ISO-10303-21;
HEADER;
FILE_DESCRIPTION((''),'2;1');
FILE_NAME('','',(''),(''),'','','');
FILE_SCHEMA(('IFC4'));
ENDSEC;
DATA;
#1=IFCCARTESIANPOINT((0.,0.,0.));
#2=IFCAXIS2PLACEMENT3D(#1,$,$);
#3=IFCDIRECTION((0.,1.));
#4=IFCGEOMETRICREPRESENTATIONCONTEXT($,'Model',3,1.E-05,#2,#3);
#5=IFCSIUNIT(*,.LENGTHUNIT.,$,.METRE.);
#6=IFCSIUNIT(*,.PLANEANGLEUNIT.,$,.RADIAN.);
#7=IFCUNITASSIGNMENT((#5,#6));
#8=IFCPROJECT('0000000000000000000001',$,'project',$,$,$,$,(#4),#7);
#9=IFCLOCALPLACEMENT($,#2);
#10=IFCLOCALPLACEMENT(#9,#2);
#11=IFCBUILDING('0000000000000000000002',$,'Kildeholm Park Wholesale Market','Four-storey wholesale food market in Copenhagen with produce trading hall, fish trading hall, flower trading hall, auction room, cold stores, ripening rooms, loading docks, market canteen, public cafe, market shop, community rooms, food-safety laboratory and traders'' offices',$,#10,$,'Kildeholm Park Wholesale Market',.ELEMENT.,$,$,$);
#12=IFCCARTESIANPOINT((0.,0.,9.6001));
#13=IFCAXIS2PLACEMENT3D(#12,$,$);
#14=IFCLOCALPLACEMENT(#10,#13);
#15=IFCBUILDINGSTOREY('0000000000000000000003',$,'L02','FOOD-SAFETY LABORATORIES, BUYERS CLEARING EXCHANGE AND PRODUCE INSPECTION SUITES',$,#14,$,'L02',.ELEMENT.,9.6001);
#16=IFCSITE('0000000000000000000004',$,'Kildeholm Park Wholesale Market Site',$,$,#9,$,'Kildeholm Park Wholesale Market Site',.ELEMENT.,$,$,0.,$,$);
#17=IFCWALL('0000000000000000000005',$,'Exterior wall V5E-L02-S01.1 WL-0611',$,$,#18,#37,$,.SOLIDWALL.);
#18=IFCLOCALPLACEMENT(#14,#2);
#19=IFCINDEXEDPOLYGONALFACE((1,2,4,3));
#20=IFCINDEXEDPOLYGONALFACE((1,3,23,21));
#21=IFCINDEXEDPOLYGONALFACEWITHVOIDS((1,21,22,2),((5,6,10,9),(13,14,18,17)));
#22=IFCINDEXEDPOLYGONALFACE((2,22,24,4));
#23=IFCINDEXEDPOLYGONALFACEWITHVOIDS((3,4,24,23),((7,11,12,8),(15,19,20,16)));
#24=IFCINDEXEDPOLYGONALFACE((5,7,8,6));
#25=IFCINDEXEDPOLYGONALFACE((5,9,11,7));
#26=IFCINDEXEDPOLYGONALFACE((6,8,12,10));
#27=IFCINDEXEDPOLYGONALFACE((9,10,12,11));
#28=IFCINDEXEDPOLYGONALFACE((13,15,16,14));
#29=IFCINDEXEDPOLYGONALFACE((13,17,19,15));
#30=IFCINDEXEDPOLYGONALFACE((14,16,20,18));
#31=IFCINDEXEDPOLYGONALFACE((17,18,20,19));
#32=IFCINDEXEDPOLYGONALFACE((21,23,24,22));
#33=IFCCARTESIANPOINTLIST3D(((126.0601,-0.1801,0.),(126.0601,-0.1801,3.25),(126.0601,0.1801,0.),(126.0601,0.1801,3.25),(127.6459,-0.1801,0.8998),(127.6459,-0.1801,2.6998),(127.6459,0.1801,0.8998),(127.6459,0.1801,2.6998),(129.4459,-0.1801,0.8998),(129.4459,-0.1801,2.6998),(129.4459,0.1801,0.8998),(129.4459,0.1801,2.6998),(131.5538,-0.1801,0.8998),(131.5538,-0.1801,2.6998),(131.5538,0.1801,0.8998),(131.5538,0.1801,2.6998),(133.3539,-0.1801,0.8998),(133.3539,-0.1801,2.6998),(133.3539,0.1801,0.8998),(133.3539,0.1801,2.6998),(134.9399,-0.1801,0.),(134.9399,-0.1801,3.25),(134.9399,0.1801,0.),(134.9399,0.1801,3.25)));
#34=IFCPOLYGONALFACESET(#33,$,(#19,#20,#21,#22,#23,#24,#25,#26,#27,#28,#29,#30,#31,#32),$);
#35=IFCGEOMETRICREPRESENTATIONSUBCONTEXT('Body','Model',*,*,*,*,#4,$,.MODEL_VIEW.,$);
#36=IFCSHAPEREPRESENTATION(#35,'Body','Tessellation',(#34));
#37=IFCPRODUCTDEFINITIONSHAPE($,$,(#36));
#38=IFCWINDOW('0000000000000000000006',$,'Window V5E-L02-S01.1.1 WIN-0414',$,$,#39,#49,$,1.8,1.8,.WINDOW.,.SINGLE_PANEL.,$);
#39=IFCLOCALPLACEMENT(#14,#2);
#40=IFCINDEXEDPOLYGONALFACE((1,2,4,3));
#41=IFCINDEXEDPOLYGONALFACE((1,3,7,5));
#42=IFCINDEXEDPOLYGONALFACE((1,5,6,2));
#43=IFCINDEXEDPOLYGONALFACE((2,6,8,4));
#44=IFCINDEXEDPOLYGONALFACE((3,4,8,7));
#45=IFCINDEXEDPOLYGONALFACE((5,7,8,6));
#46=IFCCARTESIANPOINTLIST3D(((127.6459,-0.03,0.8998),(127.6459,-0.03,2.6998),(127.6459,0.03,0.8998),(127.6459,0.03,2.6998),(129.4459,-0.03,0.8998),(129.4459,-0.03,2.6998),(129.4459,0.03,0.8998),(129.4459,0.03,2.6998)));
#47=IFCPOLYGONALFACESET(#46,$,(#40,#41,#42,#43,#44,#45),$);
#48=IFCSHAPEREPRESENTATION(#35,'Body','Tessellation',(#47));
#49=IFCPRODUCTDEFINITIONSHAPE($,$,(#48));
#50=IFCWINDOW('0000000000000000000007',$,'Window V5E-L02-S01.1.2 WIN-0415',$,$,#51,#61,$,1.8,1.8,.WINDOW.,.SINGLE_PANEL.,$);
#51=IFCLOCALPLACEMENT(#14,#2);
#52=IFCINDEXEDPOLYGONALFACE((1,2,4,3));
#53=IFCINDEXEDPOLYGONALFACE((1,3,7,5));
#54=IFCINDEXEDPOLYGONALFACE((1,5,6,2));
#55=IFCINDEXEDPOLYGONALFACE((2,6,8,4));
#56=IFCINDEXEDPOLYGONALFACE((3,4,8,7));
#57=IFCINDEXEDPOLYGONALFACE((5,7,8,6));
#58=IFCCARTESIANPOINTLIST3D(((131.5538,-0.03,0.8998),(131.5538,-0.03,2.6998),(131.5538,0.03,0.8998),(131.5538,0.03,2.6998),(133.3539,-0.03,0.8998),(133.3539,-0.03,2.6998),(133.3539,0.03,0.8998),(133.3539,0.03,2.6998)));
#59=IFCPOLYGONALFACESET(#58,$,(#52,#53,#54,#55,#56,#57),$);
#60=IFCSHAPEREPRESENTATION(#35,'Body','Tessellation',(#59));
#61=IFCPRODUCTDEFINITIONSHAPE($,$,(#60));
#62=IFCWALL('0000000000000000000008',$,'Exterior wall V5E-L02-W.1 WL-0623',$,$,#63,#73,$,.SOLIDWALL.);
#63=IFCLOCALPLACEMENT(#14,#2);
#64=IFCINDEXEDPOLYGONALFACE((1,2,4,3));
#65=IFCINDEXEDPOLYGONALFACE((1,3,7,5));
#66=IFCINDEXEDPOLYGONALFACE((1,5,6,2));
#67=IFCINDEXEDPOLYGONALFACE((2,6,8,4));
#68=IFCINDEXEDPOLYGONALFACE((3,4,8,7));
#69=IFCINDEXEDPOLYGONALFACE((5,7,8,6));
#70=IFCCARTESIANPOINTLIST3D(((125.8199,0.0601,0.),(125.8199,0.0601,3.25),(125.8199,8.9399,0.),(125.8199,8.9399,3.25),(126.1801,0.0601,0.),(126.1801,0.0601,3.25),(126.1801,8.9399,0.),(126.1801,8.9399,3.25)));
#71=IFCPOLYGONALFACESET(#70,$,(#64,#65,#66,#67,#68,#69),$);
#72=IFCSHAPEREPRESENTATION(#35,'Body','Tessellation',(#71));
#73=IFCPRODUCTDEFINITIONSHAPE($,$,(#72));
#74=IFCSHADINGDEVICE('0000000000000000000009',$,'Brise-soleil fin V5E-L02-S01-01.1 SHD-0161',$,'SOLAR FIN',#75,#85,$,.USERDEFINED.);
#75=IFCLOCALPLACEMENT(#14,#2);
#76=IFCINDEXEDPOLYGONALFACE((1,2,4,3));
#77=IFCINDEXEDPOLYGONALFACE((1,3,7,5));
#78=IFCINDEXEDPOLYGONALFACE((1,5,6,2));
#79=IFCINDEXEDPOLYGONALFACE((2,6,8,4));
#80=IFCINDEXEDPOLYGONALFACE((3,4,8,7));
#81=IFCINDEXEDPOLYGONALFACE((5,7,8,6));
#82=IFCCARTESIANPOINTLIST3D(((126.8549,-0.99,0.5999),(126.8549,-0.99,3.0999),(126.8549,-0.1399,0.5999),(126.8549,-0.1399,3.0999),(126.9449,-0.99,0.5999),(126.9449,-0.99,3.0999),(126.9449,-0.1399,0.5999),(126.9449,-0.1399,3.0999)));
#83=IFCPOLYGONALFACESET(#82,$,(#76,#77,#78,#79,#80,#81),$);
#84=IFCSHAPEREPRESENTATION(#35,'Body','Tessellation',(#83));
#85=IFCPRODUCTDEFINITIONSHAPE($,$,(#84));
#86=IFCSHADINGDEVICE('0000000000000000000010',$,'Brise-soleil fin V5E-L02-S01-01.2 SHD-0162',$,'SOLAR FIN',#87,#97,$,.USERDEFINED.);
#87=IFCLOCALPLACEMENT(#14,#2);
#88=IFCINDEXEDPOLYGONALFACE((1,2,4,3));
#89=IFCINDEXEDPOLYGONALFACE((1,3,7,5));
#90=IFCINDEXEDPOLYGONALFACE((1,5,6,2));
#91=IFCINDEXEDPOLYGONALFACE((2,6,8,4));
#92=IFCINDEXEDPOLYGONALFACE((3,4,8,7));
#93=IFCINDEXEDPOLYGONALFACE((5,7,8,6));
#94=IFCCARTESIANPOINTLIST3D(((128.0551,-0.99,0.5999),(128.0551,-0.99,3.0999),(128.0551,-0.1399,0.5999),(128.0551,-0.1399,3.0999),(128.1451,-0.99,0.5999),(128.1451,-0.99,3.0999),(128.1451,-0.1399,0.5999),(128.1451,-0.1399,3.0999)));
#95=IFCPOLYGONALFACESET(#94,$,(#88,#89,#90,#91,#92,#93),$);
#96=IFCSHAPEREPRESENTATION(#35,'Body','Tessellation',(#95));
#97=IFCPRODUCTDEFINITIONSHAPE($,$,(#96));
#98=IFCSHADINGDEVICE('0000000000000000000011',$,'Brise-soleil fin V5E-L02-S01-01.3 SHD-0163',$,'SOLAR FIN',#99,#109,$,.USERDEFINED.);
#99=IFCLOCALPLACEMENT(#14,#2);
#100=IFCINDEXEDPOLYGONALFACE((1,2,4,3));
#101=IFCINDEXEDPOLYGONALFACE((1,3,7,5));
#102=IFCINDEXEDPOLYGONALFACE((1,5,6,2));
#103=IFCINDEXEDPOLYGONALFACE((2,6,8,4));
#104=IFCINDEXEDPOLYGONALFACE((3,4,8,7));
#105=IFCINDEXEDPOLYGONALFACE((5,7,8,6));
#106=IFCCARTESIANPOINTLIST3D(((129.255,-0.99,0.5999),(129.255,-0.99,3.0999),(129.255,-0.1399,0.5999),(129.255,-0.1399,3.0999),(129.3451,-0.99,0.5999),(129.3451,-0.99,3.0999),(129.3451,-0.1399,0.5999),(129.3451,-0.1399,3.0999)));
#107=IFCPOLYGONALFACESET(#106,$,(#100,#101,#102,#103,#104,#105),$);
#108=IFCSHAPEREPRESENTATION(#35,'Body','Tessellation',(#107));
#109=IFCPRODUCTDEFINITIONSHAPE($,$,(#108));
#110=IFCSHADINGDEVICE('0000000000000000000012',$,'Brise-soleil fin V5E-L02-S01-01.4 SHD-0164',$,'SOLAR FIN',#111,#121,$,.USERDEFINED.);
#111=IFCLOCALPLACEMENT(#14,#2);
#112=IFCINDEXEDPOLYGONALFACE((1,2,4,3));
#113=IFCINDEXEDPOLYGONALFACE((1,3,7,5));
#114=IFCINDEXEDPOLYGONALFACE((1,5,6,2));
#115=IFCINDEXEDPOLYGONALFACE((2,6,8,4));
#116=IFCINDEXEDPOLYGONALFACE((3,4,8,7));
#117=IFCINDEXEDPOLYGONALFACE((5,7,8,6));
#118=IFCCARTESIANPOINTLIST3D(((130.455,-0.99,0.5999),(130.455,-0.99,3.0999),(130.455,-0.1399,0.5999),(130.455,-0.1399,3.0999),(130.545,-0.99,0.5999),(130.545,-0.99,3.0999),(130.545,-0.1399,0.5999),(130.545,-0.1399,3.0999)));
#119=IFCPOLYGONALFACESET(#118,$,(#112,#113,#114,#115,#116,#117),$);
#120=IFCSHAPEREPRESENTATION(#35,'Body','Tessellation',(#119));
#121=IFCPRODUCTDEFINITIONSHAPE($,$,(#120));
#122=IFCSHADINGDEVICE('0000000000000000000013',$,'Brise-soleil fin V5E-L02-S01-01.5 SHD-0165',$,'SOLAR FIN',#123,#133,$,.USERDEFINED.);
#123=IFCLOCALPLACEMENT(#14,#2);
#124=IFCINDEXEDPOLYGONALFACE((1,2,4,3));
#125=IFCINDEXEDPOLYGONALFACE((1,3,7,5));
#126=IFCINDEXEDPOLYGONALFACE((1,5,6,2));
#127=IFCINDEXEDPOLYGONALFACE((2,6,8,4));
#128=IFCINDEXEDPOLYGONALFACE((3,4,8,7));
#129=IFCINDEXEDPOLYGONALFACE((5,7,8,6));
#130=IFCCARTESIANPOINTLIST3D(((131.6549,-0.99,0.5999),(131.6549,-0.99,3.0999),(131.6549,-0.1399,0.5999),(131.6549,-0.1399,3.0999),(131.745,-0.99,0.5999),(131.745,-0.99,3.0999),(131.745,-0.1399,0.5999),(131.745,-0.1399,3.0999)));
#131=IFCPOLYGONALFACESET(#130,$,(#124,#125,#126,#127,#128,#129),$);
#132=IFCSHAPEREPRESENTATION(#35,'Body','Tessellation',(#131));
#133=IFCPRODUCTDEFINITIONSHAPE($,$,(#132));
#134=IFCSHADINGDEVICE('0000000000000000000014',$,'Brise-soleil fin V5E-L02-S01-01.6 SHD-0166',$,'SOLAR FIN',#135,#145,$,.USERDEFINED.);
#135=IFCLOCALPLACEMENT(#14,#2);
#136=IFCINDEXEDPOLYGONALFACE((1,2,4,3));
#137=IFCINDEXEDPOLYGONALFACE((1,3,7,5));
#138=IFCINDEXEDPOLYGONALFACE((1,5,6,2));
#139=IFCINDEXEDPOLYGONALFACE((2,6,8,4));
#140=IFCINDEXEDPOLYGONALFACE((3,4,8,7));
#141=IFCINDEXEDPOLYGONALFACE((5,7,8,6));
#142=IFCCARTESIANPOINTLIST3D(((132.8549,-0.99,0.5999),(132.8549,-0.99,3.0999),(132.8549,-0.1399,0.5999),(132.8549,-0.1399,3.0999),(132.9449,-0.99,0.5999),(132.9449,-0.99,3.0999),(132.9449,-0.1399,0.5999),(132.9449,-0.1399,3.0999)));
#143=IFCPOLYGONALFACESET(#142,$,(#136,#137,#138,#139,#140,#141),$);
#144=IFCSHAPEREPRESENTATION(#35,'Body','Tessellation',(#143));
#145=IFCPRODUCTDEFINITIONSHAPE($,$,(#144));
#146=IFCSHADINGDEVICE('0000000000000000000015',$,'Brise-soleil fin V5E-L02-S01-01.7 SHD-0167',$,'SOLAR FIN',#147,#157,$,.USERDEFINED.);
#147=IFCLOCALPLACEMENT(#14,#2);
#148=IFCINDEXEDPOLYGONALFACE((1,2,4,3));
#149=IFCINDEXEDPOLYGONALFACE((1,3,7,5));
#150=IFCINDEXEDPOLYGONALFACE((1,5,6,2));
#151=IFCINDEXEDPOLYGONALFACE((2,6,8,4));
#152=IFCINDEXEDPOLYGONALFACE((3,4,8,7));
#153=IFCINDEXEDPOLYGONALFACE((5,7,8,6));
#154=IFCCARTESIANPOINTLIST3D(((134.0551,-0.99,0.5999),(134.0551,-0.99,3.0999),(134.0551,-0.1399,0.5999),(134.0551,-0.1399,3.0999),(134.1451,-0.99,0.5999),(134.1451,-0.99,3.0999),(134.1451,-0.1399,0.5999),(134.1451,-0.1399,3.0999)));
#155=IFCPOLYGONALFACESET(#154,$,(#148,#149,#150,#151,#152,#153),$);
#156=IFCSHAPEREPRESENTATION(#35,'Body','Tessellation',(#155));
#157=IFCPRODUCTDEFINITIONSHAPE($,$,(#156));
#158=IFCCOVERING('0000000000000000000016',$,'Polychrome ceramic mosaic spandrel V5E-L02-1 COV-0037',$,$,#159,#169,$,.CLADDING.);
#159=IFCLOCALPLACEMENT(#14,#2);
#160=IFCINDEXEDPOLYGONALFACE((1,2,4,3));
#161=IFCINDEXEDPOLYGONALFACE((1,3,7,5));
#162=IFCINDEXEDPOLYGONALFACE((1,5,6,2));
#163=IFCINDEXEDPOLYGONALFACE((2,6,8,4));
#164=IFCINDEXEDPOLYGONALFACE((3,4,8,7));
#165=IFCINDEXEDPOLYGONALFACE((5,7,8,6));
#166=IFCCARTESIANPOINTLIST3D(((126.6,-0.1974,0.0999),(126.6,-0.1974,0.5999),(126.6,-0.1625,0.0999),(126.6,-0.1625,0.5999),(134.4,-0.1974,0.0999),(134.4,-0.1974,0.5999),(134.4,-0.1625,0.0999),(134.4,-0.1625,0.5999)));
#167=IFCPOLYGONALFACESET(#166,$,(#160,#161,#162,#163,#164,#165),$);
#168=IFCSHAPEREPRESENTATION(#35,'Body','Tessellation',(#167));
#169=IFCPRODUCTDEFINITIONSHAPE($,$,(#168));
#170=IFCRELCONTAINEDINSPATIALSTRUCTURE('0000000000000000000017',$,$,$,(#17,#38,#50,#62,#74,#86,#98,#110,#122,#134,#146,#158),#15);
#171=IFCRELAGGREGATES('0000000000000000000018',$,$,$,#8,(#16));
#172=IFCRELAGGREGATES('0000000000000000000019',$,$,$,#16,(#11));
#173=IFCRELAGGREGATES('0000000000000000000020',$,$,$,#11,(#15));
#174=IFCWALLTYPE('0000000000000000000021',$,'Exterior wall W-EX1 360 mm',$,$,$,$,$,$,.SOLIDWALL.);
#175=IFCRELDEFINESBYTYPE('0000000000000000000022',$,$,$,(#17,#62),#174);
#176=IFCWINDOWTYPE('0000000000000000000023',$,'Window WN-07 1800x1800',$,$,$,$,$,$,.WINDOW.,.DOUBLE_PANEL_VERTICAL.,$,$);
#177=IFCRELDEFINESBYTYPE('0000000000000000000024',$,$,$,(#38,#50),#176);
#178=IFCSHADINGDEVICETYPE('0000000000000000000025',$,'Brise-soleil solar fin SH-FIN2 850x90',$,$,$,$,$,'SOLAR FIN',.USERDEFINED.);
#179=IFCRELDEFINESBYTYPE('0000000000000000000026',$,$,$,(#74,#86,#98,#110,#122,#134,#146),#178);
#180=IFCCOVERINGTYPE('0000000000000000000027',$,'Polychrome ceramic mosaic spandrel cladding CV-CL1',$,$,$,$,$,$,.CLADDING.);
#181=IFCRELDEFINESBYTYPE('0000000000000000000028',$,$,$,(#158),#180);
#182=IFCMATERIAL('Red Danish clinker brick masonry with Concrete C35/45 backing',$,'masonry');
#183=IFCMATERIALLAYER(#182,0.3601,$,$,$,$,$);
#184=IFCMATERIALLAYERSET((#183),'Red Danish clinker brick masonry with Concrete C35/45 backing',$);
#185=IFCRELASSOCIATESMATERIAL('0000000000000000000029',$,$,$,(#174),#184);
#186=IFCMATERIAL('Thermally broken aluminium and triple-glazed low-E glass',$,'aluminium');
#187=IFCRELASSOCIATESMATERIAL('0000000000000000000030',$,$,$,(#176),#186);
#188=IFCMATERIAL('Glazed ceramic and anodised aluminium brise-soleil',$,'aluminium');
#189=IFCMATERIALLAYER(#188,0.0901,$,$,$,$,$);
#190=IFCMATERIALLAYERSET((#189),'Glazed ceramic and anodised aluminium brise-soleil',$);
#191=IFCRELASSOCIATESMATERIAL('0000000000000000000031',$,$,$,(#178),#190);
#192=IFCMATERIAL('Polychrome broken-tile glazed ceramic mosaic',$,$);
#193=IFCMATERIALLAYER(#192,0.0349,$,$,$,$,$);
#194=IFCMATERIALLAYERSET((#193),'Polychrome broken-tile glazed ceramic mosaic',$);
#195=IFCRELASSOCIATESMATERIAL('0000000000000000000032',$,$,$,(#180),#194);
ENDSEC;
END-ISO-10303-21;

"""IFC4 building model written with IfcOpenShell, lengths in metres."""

from ifc_helpers import new_model, si_unit, direction, frame, frame_2d, origin, origin_2d, place, context, subcontext, project, spatial, rectangle, extrude, material, layer, layer_set, type_object, element, fill, save


model = new_model("IFC4")

# Units and contexts
model_context = context("Model", 3, precision=1e-05, world=origin(), true_north=direction((0.0, 1.0)))
body_context = subcontext(model_context, "Body", "Model", "MODEL_VIEW")
ifc_project = project(units=[si_unit("LENGTHUNIT", "METRE"), si_unit("PLANEANGLEUNIT", "RADIAN")], contexts=[model_context])

# Site, building, storey
site_placement = place(None, origin())
site = spatial("IfcSite", under=ifc_project, at=site_placement, Name="Kildeholm Park Wholesale Market Site", LongName="Kildeholm Park Wholesale Market Site", CompositionType="ELEMENT", RefElevation=0.0)
building_placement = place(site_placement, origin())
building = spatial("IfcBuilding", under=site, at=building_placement, Name="Kildeholm Park Wholesale Market", Description="Four-storey wholesale food market in Copenhagen with produce trading hall, fish trading hall, flower trading hall, auction room, cold stores, ripening rooms, loading docks, market canteen, public cafe, market shop, community rooms, food-safety laboratory and traders' offices", LongName="Kildeholm Park Wholesale Market", CompositionType="ELEMENT")
storey_placement = place(building_placement, frame((0.0, 0.0, 9.6001)))
storey = spatial("IfcBuildingStorey", under=building, at=storey_placement, Name="L02", Description="FOOD-SAFETY LABORATORIES, BUYERS CLEARING EXCHANGE AND PRODUCE INSPECTION SUITES", LongName="L02", CompositionType="ELEMENT", Elevation=9.6001)

# Wall, openings, windows
ifc_material_1 = material(Name="Red Danish clinker brick masonry with Concrete C35/45 backing", Category="masonry")
ifc_layer_1 = layer(ifc_material_1, 0.3601)
ifc_layer_set_1 = layer_set([ifc_layer_1], Name="Red Danish clinker brick masonry with Concrete C35/45 backing")
wall_type = type_object("IfcWallType", Name="Exterior wall W-EX1 360 mm", PredefinedType="SOLIDWALL", material=ifc_layer_set_1)
wall_1_placement = place(storey_placement, frame((126.0601, 0.0, 0.0), z_axis=(0.0, 0.0, 1.0), x_axis=(1.0, 0.0, 0.0)))
wall_1 = element("IfcWall", 1, at=wall_1_placement, inside=storey, type_object=wall_type, Name="Exterior wall V5E-L02-S01.1 WL-0611", PredefinedType="SOLIDWALL", context=body_context, shape_type="SweptSolid", body=[
    extrude(rectangle(XDim=8.8799, YDim=0.3601, at=frame_2d((4.4399, 0.0))), origin(), (0.0, 0.0, 1.0), 3.25),
])
opening_1_placement = place(wall_1_placement, frame((1.5859, 0.0, 0.8999)))
opening_1 = element("IfcOpeningElement", 2, at=opening_1_placement, cuts=wall_1, PredefinedType="OPENING", context=body_context, shape_type="SweptSolid", body=[
    extrude(rectangle(XDim=1.8, YDim=1.8, at=frame_2d((0.8999, 0.8999))), frame((0.0, 0.1899, 0.0), z_axis=(0.0, -1.0, 0.0), x_axis=(1.0, 0.0, 0.0)), (0.0, 0.0, 1.0), 0.3801),
])
opening_2_placement = place(wall_1_placement, frame((5.4939, 0.0, 0.8999)))
opening_2 = element("IfcOpeningElement", 3, at=opening_2_placement, cuts=wall_1, PredefinedType="OPENING", context=body_context, shape_type="SweptSolid", body=[
    extrude(rectangle(XDim=1.8, YDim=1.8, at=frame_2d((0.8999, 0.8999))), frame((0.0, 0.1899, 0.0), z_axis=(0.0, -1.0, 0.0), x_axis=(1.0, 0.0, 0.0)), (0.0, 0.0, 1.0), 0.3801),
])
ifc_material_2 = material(Name="Thermally broken aluminium and triple-glazed low-E glass", Category="aluminium")
window_type = type_object("IfcWindowType", Name="Window WN-07 1800x1800", PartitioningType="DOUBLE_PANEL_VERTICAL", PredefinedType="WINDOW", material=ifc_material_2)
window_1_placement = place(opening_1_placement, origin())
window_1 = element("IfcWindow", 4, at=window_1_placement, inside=storey, type_object=window_type, Name="Window V5E-L02-S01.1.1 WIN-0414", OverallHeight=1.8, OverallWidth=1.8, PartitioningType="SINGLE_PANEL", PredefinedType="WINDOW", context=body_context, shape_type="SweptSolid", body=[
    extrude(rectangle(XDim=1.8, YDim=1.8, at=frame_2d((0.8999, 0.8999))), frame((0.0, 0.03, 0.0), z_axis=(0.0, -1.0, 0.0), x_axis=(1.0, 0.0, 0.0)), (0.0, 0.0, 1.0), 0.0601),
])
fill(opening_1, window_1)
window_2_placement = place(opening_2_placement, origin())
window_2 = element("IfcWindow", 5, at=window_2_placement, inside=storey, type_object=window_type, Name="Window V5E-L02-S01.1.2 WIN-0415", OverallHeight=1.8, OverallWidth=1.8, PartitioningType="SINGLE_PANEL", PredefinedType="WINDOW", context=body_context, shape_type="SweptSolid", body=[
    extrude(rectangle(XDim=1.8, YDim=1.8, at=frame_2d((0.8999, 0.8999))), frame((0.0, 0.03, 0.0), z_axis=(0.0, -1.0, 0.0), x_axis=(1.0, 0.0, 0.0)), (0.0, 0.0, 1.0), 0.0601),
])
fill(opening_2, window_2)

# Wall
wall_2_placement = place(storey_placement, frame((126.0, 0.0601, 0.0), z_axis=(0.0, 0.0, 1.0), x_axis=(0.0, 1.0, 0.0)))
element("IfcWall", 6, at=wall_2_placement, inside=storey, type_object=wall_type, Name="Exterior wall V5E-L02-W.1 WL-0623", PredefinedType="SOLIDWALL", context=body_context, shape_type="SweptSolid", body=[
    extrude(rectangle(XDim=8.8799, YDim=0.3601, at=frame_2d((4.4399, 0.0))), origin(), (0.0, 0.0, 1.0), 3.25),
])

# Shading devices
ifc_material_3 = material(Name="Glazed ceramic and anodised aluminium brise-soleil", Category="aluminium")
ifc_layer_2 = layer(ifc_material_3, 0.0901)
ifc_layer_set_2 = layer_set([ifc_layer_2], Name="Glazed ceramic and anodised aluminium brise-soleil")
shading_device_type = type_object("IfcShadingDeviceType", Name="Brise-soleil solar fin SH-FIN2 850x90", ElementType="SOLAR FIN", PredefinedType="USERDEFINED", material=ifc_layer_set_2)
for number, where, z_axis, x_axis, name in (
    (7, (126.8999, -0.5649, 0.5999), (0.0, 0.0, 1.0), (0.0, -1.0, 0.0), "Brise-soleil fin V5E-L02-S01-01.1 SHD-0161"),
    (8, (128.1001, -0.5649, 0.5999), (0.0, 0.0, 1.0), (0.0, -1.0, 0.0), "Brise-soleil fin V5E-L02-S01-01.2 SHD-0162"),
    (9, (129.3, -0.5649, 0.5999), (0.0, 0.0, 1.0), (0.0, -1.0, 0.0), "Brise-soleil fin V5E-L02-S01-01.3 SHD-0163"),
    (10, (130.5, -0.5649, 0.5999), (0.0, 0.0, 1.0), (0.0, -1.0, 0.0), "Brise-soleil fin V5E-L02-S01-01.4 SHD-0164"),
    (11, (131.7, -0.5649, 0.5999), (0.0, 0.0, 1.0), (0.0, -1.0, 0.0), "Brise-soleil fin V5E-L02-S01-01.5 SHD-0165"),
    (12, (132.8999, -0.5649, 0.5999), (0.0, 0.0, 1.0), (0.0, -1.0, 0.0), "Brise-soleil fin V5E-L02-S01-01.6 SHD-0166"),
    (13, (134.1001, -0.5649, 0.5999), (0.0, 0.0, 1.0), (0.0, -1.0, 0.0), "Brise-soleil fin V5E-L02-S01-01.7 SHD-0167"),
):
    element("IfcShadingDevice", number, at=place(storey_placement, frame(where, z_axis=z_axis, x_axis=x_axis)), inside=storey, type_object=shading_device_type, Name=name, ObjectType="SOLAR FIN", PredefinedType="USERDEFINED", context=body_context, shape_type="SweptSolid", body=[
        extrude(rectangle(XDim=0.8501, YDim=0.0901, at=origin_2d()), origin(), (0.0, 0.0, 1.0), 2.5),
    ])

# Covering
ifc_material_4 = material(Name="Polychrome broken-tile glazed ceramic mosaic")
ifc_layer_3 = layer(ifc_material_4, 0.0349)
ifc_layer_set_3 = layer_set([ifc_layer_3], Name="Polychrome broken-tile glazed ceramic mosaic")
covering_type = type_object("IfcCoveringType", Name="Polychrome ceramic mosaic spandrel cladding CV-CL1", PredefinedType="CLADDING", material=ifc_layer_set_3)
covering_placement = place(storey_placement, frame((130.5, -0.1799, 0.0999), z_axis=(0.0, 0.0, 1.0), x_axis=(1.0, 0.0, 0.0)))
element("IfcCovering", 14, at=covering_placement, inside=storey, type_object=covering_type, Name="Polychrome ceramic mosaic spandrel V5E-L02-1 COV-0037", PredefinedType="CLADDING", context=body_context, shape_type="SweptSolid", body=[
    extrude(rectangle(XDim=7.8, YDim=0.0349, at=origin_2d()), origin(), (0.0, 0.0, 1.0), 0.5),
])

save(model, "model.ifc")
